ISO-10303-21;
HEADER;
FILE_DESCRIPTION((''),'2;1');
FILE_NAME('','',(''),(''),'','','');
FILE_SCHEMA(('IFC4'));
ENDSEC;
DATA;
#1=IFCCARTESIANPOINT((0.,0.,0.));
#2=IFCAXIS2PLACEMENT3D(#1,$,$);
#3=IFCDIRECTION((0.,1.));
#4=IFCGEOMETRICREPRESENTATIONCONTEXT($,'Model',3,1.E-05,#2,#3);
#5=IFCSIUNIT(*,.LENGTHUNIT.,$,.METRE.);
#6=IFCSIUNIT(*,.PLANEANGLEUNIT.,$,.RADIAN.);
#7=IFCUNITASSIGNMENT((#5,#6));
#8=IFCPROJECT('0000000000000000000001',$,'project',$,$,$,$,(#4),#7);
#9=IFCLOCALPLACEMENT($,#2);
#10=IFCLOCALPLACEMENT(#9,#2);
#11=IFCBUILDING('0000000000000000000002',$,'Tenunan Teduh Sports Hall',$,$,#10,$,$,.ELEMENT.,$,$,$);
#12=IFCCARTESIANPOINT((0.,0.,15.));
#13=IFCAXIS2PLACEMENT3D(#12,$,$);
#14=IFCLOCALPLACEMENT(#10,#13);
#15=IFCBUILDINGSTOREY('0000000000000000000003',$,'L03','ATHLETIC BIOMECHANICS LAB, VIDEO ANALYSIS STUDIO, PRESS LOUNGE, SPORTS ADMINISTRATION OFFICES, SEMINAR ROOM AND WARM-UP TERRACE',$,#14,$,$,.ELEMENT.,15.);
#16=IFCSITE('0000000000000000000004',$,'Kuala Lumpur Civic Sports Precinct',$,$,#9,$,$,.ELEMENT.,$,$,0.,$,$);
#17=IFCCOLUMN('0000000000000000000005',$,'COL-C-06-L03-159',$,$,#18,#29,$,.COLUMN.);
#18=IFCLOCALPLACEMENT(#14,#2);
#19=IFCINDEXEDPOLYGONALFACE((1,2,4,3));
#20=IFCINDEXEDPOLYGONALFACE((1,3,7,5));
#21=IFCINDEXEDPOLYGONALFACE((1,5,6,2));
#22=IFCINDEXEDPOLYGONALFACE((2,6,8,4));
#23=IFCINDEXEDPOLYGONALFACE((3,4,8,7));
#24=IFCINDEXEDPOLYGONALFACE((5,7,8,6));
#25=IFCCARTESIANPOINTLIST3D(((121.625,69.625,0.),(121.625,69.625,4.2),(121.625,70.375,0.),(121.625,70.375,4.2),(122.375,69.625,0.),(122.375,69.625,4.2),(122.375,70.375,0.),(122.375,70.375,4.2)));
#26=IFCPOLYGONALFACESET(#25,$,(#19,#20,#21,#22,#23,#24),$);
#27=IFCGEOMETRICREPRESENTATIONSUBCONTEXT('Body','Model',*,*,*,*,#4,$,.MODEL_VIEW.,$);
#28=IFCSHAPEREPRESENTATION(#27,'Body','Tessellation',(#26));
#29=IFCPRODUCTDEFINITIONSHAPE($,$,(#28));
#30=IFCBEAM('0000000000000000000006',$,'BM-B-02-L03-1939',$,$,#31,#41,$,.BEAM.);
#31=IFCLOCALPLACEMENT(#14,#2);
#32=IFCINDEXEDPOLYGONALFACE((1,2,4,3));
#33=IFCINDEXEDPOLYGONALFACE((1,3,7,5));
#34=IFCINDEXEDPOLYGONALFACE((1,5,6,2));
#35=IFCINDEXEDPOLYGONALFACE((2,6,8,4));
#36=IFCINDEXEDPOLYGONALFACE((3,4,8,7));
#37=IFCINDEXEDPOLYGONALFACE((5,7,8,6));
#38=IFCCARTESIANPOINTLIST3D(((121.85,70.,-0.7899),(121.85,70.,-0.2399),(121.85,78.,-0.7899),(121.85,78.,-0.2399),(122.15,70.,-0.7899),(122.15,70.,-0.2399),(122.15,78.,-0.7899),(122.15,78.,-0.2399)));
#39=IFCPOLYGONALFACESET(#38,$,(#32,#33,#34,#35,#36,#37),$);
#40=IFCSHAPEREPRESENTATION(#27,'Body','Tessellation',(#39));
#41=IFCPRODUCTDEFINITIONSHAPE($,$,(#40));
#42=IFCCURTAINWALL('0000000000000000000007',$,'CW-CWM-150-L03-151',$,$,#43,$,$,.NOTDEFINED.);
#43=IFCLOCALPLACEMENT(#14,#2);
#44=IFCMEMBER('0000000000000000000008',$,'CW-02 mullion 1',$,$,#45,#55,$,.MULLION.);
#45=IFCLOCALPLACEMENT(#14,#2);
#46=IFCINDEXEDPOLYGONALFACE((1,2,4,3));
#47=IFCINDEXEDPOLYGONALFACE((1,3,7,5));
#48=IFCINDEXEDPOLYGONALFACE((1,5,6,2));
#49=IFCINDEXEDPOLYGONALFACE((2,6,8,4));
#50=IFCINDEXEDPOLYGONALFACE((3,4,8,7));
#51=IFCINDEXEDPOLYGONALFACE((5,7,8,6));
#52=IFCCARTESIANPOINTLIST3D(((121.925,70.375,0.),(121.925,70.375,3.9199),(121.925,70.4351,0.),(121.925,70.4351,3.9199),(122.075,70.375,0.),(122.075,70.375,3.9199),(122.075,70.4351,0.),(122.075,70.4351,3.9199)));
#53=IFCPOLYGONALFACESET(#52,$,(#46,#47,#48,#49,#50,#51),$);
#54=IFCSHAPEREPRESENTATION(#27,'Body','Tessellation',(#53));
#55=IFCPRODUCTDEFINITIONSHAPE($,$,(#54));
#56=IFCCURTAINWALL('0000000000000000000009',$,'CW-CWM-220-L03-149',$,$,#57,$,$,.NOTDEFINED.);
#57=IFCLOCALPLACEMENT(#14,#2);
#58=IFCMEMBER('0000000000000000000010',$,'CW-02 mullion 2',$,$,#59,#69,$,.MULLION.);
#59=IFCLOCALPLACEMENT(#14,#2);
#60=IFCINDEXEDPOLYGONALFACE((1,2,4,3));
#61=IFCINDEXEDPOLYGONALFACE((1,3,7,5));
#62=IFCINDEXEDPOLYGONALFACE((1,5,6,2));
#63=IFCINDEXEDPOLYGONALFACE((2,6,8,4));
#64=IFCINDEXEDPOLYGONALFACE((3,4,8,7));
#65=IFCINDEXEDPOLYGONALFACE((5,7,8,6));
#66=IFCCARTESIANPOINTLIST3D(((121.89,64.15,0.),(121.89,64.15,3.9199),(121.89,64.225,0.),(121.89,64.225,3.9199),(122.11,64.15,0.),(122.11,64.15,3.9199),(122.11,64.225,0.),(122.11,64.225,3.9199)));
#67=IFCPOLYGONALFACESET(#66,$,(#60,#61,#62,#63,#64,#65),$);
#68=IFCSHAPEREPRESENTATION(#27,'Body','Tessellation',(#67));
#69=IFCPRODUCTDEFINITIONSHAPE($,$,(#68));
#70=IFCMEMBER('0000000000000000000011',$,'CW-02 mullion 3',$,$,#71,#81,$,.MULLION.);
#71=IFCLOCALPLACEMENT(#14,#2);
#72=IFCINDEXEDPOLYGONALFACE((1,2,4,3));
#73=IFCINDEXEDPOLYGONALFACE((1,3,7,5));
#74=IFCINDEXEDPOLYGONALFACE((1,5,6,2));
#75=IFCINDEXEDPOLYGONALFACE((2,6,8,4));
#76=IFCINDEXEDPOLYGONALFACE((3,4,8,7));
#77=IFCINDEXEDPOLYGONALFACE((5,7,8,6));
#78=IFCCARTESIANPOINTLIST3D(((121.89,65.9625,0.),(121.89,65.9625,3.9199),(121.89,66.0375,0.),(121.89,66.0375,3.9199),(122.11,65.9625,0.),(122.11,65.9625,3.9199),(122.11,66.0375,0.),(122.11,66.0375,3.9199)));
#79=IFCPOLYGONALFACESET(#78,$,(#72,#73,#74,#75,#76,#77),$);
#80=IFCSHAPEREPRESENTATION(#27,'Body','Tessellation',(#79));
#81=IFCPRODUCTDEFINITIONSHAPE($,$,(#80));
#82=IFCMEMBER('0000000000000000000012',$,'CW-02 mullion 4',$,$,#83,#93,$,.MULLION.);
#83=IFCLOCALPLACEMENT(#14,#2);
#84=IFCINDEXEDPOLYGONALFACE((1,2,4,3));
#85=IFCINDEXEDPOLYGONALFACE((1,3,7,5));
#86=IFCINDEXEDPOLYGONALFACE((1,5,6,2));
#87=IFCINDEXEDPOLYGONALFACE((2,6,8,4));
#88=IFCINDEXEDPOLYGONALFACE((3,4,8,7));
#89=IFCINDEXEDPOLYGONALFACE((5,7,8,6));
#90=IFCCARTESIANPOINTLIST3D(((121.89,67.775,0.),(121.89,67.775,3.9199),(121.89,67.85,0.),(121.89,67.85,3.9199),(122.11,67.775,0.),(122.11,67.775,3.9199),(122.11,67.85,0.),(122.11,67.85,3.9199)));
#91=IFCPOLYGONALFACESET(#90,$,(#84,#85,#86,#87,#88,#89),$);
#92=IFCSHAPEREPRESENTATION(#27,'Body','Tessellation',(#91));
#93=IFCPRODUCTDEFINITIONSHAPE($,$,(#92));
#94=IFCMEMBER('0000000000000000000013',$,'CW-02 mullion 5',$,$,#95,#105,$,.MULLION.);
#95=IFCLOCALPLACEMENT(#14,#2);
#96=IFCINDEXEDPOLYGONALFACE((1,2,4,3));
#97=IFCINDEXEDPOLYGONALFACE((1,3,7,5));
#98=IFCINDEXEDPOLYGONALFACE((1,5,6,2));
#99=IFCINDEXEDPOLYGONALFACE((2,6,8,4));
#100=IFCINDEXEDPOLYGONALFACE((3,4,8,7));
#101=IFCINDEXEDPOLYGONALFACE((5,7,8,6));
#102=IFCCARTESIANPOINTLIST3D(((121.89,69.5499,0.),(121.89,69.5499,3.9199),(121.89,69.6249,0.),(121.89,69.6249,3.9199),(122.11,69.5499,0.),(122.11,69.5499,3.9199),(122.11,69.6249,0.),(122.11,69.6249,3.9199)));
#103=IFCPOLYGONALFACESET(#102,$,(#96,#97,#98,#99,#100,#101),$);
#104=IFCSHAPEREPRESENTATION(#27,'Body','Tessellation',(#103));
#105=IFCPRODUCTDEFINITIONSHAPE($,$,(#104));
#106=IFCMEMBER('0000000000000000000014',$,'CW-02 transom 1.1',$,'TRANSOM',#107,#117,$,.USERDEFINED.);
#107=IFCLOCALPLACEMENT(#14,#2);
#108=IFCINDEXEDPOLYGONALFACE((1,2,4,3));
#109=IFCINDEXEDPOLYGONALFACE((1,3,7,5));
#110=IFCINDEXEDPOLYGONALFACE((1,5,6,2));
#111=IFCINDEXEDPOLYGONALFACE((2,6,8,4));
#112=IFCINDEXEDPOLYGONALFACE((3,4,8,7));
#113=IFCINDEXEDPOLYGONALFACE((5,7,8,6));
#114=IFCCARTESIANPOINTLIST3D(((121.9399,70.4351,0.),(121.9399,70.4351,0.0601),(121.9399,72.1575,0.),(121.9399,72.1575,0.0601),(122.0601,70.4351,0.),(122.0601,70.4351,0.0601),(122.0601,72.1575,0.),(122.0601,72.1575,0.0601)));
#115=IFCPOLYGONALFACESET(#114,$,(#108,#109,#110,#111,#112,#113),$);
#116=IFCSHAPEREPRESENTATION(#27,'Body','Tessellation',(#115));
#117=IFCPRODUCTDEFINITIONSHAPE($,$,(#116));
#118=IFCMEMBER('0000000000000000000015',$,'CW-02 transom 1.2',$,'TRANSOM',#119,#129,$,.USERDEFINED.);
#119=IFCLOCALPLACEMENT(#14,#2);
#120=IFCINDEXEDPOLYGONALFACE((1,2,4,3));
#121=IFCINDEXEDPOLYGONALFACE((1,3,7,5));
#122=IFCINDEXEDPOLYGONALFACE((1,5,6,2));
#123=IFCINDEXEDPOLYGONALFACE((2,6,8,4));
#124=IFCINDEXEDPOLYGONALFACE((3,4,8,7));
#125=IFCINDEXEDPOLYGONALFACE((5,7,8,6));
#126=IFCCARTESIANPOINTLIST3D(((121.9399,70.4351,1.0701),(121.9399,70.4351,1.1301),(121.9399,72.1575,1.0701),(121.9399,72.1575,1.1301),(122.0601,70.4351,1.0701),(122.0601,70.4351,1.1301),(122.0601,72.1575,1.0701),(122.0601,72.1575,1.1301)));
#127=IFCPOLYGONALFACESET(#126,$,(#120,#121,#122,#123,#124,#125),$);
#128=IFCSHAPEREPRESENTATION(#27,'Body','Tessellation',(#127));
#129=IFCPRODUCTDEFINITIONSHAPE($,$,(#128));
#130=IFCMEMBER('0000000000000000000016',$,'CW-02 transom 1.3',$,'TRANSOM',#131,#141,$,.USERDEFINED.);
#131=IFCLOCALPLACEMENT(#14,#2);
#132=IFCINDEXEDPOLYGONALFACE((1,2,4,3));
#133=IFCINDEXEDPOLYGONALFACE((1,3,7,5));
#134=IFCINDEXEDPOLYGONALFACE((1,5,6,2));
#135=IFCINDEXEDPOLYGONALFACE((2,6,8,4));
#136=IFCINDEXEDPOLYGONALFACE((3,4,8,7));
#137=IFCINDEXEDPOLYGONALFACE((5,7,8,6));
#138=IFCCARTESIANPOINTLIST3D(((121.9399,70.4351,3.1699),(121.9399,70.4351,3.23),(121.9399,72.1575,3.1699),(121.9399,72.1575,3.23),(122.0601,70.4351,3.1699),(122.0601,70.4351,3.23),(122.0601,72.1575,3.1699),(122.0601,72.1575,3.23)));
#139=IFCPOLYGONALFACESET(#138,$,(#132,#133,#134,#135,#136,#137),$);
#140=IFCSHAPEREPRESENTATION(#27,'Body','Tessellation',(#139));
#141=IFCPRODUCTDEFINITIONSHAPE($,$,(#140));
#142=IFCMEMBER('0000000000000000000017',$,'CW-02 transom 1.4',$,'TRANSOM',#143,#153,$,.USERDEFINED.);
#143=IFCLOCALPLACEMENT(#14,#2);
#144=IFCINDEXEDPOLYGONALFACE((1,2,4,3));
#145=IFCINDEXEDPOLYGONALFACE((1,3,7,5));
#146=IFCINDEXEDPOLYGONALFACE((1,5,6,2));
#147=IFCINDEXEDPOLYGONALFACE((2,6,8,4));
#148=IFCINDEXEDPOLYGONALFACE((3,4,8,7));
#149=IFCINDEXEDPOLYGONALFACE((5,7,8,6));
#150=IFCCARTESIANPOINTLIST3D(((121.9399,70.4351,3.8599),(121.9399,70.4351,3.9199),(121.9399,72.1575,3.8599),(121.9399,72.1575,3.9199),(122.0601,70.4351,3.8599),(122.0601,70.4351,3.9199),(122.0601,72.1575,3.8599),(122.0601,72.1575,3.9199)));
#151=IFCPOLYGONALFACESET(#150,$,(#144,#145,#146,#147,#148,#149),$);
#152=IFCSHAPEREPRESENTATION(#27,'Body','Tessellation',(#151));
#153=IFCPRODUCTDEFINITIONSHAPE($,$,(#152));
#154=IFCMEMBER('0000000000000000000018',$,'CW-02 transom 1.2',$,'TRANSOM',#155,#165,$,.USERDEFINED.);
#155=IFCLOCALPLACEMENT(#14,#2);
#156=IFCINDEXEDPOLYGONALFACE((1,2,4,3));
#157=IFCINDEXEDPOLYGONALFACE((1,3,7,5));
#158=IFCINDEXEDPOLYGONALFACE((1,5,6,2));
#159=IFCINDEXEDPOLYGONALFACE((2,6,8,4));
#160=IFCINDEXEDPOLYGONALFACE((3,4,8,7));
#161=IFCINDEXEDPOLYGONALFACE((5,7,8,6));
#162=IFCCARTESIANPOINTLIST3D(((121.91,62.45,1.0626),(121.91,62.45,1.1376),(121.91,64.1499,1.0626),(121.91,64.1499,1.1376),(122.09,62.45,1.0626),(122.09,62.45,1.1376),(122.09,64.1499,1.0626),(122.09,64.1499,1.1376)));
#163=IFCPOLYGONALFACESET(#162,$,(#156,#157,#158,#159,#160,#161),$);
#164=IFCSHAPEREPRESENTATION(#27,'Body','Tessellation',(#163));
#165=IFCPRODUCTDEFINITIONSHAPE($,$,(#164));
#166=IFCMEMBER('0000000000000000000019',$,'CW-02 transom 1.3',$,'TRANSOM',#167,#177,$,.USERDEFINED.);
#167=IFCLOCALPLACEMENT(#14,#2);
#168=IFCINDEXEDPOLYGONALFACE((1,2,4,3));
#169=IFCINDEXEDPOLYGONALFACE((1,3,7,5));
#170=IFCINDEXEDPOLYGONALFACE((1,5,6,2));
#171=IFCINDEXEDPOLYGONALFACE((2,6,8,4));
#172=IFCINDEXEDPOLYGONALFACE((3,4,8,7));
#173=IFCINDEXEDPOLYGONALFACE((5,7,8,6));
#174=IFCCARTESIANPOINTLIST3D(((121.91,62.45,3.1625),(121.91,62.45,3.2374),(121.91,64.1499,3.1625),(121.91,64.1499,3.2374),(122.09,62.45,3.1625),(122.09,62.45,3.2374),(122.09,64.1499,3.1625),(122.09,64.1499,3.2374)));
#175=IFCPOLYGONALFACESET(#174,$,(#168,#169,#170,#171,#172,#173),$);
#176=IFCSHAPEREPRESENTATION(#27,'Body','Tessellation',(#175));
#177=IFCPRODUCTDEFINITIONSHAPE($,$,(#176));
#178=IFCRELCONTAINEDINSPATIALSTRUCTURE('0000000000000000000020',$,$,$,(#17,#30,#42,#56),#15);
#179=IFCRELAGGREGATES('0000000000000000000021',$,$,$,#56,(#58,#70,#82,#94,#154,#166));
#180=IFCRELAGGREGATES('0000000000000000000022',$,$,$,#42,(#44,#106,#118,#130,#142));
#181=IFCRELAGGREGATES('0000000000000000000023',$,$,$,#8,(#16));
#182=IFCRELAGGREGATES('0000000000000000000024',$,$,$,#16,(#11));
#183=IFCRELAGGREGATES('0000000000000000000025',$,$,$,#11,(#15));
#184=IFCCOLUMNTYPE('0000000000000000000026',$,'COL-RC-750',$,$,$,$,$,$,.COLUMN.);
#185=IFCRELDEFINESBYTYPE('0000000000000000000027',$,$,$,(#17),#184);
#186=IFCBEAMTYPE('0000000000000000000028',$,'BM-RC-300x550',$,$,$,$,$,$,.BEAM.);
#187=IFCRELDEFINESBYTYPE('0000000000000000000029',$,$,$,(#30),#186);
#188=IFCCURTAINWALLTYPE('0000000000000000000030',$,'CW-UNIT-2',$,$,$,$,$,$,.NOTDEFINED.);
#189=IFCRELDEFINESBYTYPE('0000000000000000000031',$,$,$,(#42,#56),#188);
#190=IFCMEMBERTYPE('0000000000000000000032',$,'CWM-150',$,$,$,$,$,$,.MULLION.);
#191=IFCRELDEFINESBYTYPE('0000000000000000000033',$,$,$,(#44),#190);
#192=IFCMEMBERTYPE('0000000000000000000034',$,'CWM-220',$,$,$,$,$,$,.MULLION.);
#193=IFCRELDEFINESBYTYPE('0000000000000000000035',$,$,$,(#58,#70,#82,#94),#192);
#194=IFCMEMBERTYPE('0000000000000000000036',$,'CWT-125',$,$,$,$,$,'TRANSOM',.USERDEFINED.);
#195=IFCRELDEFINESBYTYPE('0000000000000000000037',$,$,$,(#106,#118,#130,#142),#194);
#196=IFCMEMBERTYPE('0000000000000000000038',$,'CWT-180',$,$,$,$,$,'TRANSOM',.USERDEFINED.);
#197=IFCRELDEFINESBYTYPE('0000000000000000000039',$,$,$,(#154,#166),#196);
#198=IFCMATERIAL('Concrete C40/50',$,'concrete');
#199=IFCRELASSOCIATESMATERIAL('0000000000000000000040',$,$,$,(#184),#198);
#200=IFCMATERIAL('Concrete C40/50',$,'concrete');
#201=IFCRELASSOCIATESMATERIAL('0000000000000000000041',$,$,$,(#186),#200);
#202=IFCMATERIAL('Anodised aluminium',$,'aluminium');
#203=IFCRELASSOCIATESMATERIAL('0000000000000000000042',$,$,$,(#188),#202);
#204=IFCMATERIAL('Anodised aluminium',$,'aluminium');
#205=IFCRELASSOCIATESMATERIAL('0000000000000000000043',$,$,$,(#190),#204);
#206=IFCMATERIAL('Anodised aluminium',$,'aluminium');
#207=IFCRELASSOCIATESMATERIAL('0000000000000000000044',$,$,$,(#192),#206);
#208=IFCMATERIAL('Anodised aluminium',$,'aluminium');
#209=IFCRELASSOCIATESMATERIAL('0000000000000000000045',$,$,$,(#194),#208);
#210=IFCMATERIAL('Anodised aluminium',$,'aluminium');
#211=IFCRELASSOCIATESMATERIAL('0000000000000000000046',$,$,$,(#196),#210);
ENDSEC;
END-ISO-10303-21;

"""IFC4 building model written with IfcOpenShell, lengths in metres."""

from ifc_helpers import new_model, si_unit, direction, frame, origin, origin_2d, place, context, subcontext, project, spatial, rectangle, extrude, material, material_profile, profile_set, type_object, element, aggregate, save


model = new_model("IFC4")

# Units and contexts
model_context = context("Model", 3, precision=1e-05, world=origin(), true_north=direction((0.0, 1.0)))
body_context = subcontext(model_context, "Body", "Model", "MODEL_VIEW")
ifc_project = project(units=[si_unit("LENGTHUNIT", "METRE"), si_unit("PLANEANGLEUNIT", "RADIAN")], contexts=[model_context])

# Site, building, storey
site_placement = place(None, origin())
site = spatial("IfcSite", under=ifc_project, at=site_placement, Name="Kuala Lumpur Civic Sports Precinct", CompositionType="ELEMENT", RefElevation=0.0)
building_placement = place(site_placement, origin())
building = spatial("IfcBuilding", under=site, at=building_placement, Name="Tenunan Teduh Sports Hall", CompositionType="ELEMENT")
storey_placement = place(building_placement, frame((0.0, 0.0, 15.0)))
storey = spatial("IfcBuildingStorey", under=building, at=storey_placement, Name="L03", Description="ATHLETIC BIOMECHANICS LAB, VIDEO ANALYSIS STUDIO, PRESS LOUNGE, SPORTS ADMINISTRATION OFFICES, SEMINAR ROOM AND WARM-UP TERRACE", CompositionType="ELEMENT", Elevation=15.0)

# Column
ifc_material_1 = material(Name="Concrete C40/50", Category="concrete")
ifc_material_profile_1 = material_profile(ifc_material_1, rectangle(XDim=0.75, YDim=0.75, at=origin_2d()), Name="RC 750x750")
ifc_profile_set_1 = profile_set([ifc_material_profile_1], Name="Concrete C40/50")
column_type = type_object("IfcColumnType", Name="COL-RC-750", PredefinedType="COLUMN", material=ifc_profile_set_1)
column_placement = place(storey_placement, frame((122.0, 70.0, 0.0), z_axis=(0.0, 0.0, 1.0), x_axis=(1.0, 0.0, 0.0)))
element("IfcColumn", 1, at=column_placement, inside=storey, type_object=column_type, Name="COL-C-06-L03-159", PredefinedType="COLUMN", context=body_context, shape_type="SweptSolid", body=[
    extrude(rectangle(XDim=0.75, YDim=0.75, at=origin_2d()), origin(), (0.0, 0.0, 1.0), 4.2),
])

# Beam
ifc_material_2 = material(Name="Concrete C40/50", Category="concrete")
ifc_material_profile_2 = material_profile(ifc_material_2, rectangle(XDim=0.3, YDim=0.55, at=origin_2d()), Name="RCB 300x550")
ifc_profile_set_2 = profile_set([ifc_material_profile_2], Name="Concrete C40/50")
beam_type = type_object("IfcBeamType", Name="BM-RC-300x550", PredefinedType="BEAM", material=ifc_profile_set_2)
beam_placement = place(storey_placement, frame((122.0, 70.0, -0.5149), z_axis=(0.0, 1.0, 0.0), x_axis=(-1.0, 0.0, 0.0)))
element("IfcBeam", 2, at=beam_placement, inside=storey, type_object=beam_type, Name="BM-B-02-L03-1939", PredefinedType="BEAM", context=body_context, shape_type="SweptSolid", body=[
    extrude(rectangle(XDim=0.3, YDim=0.55, at=origin_2d()), origin(), (0.0, 0.0, 1.0), 8.0),
])

# Curtain wall, member
ifc_material_3 = material(Name="Anodised aluminium", Category="aluminium")
curtain_wall_type = type_object("IfcCurtainWallType", Name="CW-UNIT-2", PredefinedType="NOTDEFINED", material=ifc_material_3)
curtain_wall_1_placement = place(storey_placement, origin())
curtain_wall_1 = element("IfcCurtainWall", 3, at=curtain_wall_1_placement, inside=storey, type_object=curtain_wall_type, Name="CW-CWM-150-L03-151", PredefinedType="NOTDEFINED")
ifc_material_4 = material(Name="Anodised aluminium", Category="aluminium")
ifc_material_profile_3 = material_profile(ifc_material_4, rectangle(XDim=0.0601, YDim=0.1499, at=origin_2d()), Name="CWM 60x150")
ifc_profile_set_3 = profile_set([ifc_material_profile_3], Name="Anodised aluminium")
member_type_1 = type_object("IfcMemberType", Name="CWM-150", PredefinedType="MULLION", material=ifc_profile_set_3)
member_1_placement = place(storey_placement, frame((122.0, 70.405, 0.0), z_axis=(0.0, 0.0, 1.0), x_axis=(0.0, 1.0, 0.0)))
member_1 = element("IfcMember", 4, at=member_1_placement, type_object=member_type_1, Name="CW-02 mullion 1", PredefinedType="MULLION", context=body_context, shape_type="SweptSolid", body=[
    extrude(rectangle(XDim=0.0601, YDim=0.1499, at=origin_2d()), origin(), (0.0, 0.0, 1.0), 3.9199),
])

# Curtain wall, members
curtain_wall_2_placement = place(storey_placement, origin())
curtain_wall_2 = element("IfcCurtainWall", 5, at=curtain_wall_2_placement, inside=storey, type_object=curtain_wall_type, Name="CW-CWM-220-L03-149", PredefinedType="NOTDEFINED")
ifc_material_5 = material(Name="Anodised aluminium", Category="aluminium")
ifc_material_profile_4 = material_profile(ifc_material_5, rectangle(XDim=0.075, YDim=0.22, at=origin_2d()), Name="CWM 75x220")
ifc_profile_set_4 = profile_set([ifc_material_profile_4], Name="Anodised aluminium")
member_type_2 = type_object("IfcMemberType", Name="CWM-220", PredefinedType="MULLION", material=ifc_profile_set_4)
member_2_placement = place(storey_placement, frame((122.0, 64.1875, 0.0), z_axis=(0.0, 0.0, 1.0), x_axis=(0.0, 1.0, 0.0)))
member_2 = element("IfcMember", 6, at=member_2_placement, type_object=member_type_2, Name="CW-02 mullion 2", PredefinedType="MULLION", context=body_context, shape_type="SweptSolid", body=[
    extrude(rectangle(XDim=0.075, YDim=0.22, at=origin_2d()), origin(), (0.0, 0.0, 1.0), 3.9199),
])
member_3_placement = place(storey_placement, frame((122.0, 66.0, 0.0), z_axis=(0.0, 0.0, 1.0), x_axis=(0.0, 1.0, 0.0)))
member_3 = element("IfcMember", 7, at=member_3_placement, type_object=member_type_2, Name="CW-02 mullion 3", PredefinedType="MULLION", context=body_context, shape_type="SweptSolid", body=[
    extrude(rectangle(XDim=0.075, YDim=0.22, at=origin_2d()), origin(), (0.0, 0.0, 1.0), 3.9199),
])
member_4_placement = place(storey_placement, frame((122.0, 67.8125, 0.0), z_axis=(0.0, 0.0, 1.0), x_axis=(0.0, 1.0, 0.0)))
member_4 = element("IfcMember", 8, at=member_4_placement, type_object=member_type_2, Name="CW-02 mullion 4", PredefinedType="MULLION", context=body_context, shape_type="SweptSolid", body=[
    extrude(rectangle(XDim=0.075, YDim=0.22, at=origin_2d()), origin(), (0.0, 0.0, 1.0), 3.9199),
])
member_5_placement = place(storey_placement, frame((122.0, 69.5874, 0.0), z_axis=(0.0, 0.0, 1.0), x_axis=(0.0, 1.0, 0.0)))
member_5 = element("IfcMember", 9, at=member_5_placement, type_object=member_type_2, Name="CW-02 mullion 5", PredefinedType="MULLION", context=body_context, shape_type="SweptSolid", body=[
    extrude(rectangle(XDim=0.075, YDim=0.22, at=origin_2d()), origin(), (0.0, 0.0, 1.0), 3.9199),
])

# Members
ifc_material_6 = material(Name="Anodised aluminium", Category="aluminium")
ifc_material_profile_5 = material_profile(ifc_material_6, rectangle(XDim=0.0601, YDim=0.1201, at=origin_2d()), Name="CWT 60x120")
ifc_profile_set_5 = profile_set([ifc_material_profile_5], Name="Anodised aluminium")
member_type_3 = type_object("IfcMemberType", Name="CWT-125", ElementType="TRANSOM", PredefinedType="USERDEFINED", material=ifc_profile_set_5)
member_6_placement = place(storey_placement, frame((122.0, 70.4351, 0.03), z_axis=(0.0, 1.0, 0.0), x_axis=(0.0, 0.0, 1.0)))
member_6 = element("IfcMember", 10, at=member_6_placement, type_object=member_type_3, Name="CW-02 transom 1.1", ObjectType="TRANSOM", PredefinedType="USERDEFINED", context=body_context, shape_type="SweptSolid", body=[
    extrude(rectangle(XDim=0.0601, YDim=0.1201, at=origin_2d()), origin(), (0.0, 0.0, 1.0), 1.7224),
])
member_7_placement = place(storey_placement, frame((122.0, 70.4351, 1.1001), z_axis=(0.0, 1.0, 0.0), x_axis=(0.0, 0.0, 1.0)))
member_7 = element("IfcMember", 11, at=member_7_placement, type_object=member_type_3, Name="CW-02 transom 1.2", ObjectType="TRANSOM", PredefinedType="USERDEFINED", context=body_context, shape_type="SweptSolid", body=[
    extrude(rectangle(XDim=0.0601, YDim=0.1201, at=origin_2d()), origin(), (0.0, 0.0, 1.0), 1.7224),
])
member_8_placement = place(storey_placement, frame((122.0, 70.4351, 3.2), z_axis=(0.0, 1.0, 0.0), x_axis=(0.0, 0.0, 1.0)))
member_8 = element("IfcMember", 12, at=member_8_placement, type_object=member_type_3, Name="CW-02 transom 1.3", ObjectType="TRANSOM", PredefinedType="USERDEFINED", context=body_context, shape_type="SweptSolid", body=[
    extrude(rectangle(XDim=0.0601, YDim=0.1201, at=origin_2d()), origin(), (0.0, 0.0, 1.0), 1.7224),
])
member_9_placement = place(storey_placement, frame((122.0, 70.4351, 3.8899), z_axis=(0.0, 1.0, 0.0), x_axis=(0.0, 0.0, 1.0)))
member_9 = element("IfcMember", 13, at=member_9_placement, type_object=member_type_3, Name="CW-02 transom 1.4", ObjectType="TRANSOM", PredefinedType="USERDEFINED", context=body_context, shape_type="SweptSolid", body=[
    extrude(rectangle(XDim=0.0601, YDim=0.1201, at=origin_2d()), origin(), (0.0, 0.0, 1.0), 1.7224),
])
ifc_material_7 = material(Name="Anodised aluminium", Category="aluminium")
ifc_material_profile_6 = material_profile(ifc_material_7, rectangle(XDim=0.075, YDim=0.1799, at=origin_2d()), Name="CWT 75x180")
ifc_profile_set_6 = profile_set([ifc_material_profile_6], Name="Anodised aluminium")
member_type_4 = type_object("IfcMemberType", Name="CWT-180", ElementType="TRANSOM", PredefinedType="USERDEFINED", material=ifc_profile_set_6)
member_10_placement = place(storey_placement, frame((122.0, 62.45, 1.1001), z_axis=(0.0, 1.0, 0.0), x_axis=(0.0, 0.0, 1.0)))
member_10 = element("IfcMember", 14, at=member_10_placement, type_object=member_type_4, Name="CW-02 transom 1.2", ObjectType="TRANSOM", PredefinedType="USERDEFINED", context=body_context, shape_type="SweptSolid", body=[
    extrude(rectangle(XDim=0.075, YDim=0.1799, at=origin_2d()), origin(), (0.0, 0.0, 1.0), 1.7),
])
member_11_placement = place(storey_placement, frame((122.0, 62.45, 3.2), z_axis=(0.0, 1.0, 0.0), x_axis=(0.0, 0.0, 1.0)))
member_11 = element("IfcMember", 15, at=member_11_placement, type_object=member_type_4, Name="CW-02 transom 1.3", ObjectType="TRANSOM", PredefinedType="USERDEFINED", context=body_context, shape_type="SweptSolid", body=[
    extrude(rectangle(XDim=0.075, YDim=0.1799, at=origin_2d()), origin(), (0.0, 0.0, 1.0), 1.7),
])

aggregate(curtain_wall_2, [member_2, member_3, member_4, member_5, member_10, member_11])
aggregate(curtain_wall_1, [member_1, member_6, member_7, member_8, member_9])

save(model, "model.ifc")
